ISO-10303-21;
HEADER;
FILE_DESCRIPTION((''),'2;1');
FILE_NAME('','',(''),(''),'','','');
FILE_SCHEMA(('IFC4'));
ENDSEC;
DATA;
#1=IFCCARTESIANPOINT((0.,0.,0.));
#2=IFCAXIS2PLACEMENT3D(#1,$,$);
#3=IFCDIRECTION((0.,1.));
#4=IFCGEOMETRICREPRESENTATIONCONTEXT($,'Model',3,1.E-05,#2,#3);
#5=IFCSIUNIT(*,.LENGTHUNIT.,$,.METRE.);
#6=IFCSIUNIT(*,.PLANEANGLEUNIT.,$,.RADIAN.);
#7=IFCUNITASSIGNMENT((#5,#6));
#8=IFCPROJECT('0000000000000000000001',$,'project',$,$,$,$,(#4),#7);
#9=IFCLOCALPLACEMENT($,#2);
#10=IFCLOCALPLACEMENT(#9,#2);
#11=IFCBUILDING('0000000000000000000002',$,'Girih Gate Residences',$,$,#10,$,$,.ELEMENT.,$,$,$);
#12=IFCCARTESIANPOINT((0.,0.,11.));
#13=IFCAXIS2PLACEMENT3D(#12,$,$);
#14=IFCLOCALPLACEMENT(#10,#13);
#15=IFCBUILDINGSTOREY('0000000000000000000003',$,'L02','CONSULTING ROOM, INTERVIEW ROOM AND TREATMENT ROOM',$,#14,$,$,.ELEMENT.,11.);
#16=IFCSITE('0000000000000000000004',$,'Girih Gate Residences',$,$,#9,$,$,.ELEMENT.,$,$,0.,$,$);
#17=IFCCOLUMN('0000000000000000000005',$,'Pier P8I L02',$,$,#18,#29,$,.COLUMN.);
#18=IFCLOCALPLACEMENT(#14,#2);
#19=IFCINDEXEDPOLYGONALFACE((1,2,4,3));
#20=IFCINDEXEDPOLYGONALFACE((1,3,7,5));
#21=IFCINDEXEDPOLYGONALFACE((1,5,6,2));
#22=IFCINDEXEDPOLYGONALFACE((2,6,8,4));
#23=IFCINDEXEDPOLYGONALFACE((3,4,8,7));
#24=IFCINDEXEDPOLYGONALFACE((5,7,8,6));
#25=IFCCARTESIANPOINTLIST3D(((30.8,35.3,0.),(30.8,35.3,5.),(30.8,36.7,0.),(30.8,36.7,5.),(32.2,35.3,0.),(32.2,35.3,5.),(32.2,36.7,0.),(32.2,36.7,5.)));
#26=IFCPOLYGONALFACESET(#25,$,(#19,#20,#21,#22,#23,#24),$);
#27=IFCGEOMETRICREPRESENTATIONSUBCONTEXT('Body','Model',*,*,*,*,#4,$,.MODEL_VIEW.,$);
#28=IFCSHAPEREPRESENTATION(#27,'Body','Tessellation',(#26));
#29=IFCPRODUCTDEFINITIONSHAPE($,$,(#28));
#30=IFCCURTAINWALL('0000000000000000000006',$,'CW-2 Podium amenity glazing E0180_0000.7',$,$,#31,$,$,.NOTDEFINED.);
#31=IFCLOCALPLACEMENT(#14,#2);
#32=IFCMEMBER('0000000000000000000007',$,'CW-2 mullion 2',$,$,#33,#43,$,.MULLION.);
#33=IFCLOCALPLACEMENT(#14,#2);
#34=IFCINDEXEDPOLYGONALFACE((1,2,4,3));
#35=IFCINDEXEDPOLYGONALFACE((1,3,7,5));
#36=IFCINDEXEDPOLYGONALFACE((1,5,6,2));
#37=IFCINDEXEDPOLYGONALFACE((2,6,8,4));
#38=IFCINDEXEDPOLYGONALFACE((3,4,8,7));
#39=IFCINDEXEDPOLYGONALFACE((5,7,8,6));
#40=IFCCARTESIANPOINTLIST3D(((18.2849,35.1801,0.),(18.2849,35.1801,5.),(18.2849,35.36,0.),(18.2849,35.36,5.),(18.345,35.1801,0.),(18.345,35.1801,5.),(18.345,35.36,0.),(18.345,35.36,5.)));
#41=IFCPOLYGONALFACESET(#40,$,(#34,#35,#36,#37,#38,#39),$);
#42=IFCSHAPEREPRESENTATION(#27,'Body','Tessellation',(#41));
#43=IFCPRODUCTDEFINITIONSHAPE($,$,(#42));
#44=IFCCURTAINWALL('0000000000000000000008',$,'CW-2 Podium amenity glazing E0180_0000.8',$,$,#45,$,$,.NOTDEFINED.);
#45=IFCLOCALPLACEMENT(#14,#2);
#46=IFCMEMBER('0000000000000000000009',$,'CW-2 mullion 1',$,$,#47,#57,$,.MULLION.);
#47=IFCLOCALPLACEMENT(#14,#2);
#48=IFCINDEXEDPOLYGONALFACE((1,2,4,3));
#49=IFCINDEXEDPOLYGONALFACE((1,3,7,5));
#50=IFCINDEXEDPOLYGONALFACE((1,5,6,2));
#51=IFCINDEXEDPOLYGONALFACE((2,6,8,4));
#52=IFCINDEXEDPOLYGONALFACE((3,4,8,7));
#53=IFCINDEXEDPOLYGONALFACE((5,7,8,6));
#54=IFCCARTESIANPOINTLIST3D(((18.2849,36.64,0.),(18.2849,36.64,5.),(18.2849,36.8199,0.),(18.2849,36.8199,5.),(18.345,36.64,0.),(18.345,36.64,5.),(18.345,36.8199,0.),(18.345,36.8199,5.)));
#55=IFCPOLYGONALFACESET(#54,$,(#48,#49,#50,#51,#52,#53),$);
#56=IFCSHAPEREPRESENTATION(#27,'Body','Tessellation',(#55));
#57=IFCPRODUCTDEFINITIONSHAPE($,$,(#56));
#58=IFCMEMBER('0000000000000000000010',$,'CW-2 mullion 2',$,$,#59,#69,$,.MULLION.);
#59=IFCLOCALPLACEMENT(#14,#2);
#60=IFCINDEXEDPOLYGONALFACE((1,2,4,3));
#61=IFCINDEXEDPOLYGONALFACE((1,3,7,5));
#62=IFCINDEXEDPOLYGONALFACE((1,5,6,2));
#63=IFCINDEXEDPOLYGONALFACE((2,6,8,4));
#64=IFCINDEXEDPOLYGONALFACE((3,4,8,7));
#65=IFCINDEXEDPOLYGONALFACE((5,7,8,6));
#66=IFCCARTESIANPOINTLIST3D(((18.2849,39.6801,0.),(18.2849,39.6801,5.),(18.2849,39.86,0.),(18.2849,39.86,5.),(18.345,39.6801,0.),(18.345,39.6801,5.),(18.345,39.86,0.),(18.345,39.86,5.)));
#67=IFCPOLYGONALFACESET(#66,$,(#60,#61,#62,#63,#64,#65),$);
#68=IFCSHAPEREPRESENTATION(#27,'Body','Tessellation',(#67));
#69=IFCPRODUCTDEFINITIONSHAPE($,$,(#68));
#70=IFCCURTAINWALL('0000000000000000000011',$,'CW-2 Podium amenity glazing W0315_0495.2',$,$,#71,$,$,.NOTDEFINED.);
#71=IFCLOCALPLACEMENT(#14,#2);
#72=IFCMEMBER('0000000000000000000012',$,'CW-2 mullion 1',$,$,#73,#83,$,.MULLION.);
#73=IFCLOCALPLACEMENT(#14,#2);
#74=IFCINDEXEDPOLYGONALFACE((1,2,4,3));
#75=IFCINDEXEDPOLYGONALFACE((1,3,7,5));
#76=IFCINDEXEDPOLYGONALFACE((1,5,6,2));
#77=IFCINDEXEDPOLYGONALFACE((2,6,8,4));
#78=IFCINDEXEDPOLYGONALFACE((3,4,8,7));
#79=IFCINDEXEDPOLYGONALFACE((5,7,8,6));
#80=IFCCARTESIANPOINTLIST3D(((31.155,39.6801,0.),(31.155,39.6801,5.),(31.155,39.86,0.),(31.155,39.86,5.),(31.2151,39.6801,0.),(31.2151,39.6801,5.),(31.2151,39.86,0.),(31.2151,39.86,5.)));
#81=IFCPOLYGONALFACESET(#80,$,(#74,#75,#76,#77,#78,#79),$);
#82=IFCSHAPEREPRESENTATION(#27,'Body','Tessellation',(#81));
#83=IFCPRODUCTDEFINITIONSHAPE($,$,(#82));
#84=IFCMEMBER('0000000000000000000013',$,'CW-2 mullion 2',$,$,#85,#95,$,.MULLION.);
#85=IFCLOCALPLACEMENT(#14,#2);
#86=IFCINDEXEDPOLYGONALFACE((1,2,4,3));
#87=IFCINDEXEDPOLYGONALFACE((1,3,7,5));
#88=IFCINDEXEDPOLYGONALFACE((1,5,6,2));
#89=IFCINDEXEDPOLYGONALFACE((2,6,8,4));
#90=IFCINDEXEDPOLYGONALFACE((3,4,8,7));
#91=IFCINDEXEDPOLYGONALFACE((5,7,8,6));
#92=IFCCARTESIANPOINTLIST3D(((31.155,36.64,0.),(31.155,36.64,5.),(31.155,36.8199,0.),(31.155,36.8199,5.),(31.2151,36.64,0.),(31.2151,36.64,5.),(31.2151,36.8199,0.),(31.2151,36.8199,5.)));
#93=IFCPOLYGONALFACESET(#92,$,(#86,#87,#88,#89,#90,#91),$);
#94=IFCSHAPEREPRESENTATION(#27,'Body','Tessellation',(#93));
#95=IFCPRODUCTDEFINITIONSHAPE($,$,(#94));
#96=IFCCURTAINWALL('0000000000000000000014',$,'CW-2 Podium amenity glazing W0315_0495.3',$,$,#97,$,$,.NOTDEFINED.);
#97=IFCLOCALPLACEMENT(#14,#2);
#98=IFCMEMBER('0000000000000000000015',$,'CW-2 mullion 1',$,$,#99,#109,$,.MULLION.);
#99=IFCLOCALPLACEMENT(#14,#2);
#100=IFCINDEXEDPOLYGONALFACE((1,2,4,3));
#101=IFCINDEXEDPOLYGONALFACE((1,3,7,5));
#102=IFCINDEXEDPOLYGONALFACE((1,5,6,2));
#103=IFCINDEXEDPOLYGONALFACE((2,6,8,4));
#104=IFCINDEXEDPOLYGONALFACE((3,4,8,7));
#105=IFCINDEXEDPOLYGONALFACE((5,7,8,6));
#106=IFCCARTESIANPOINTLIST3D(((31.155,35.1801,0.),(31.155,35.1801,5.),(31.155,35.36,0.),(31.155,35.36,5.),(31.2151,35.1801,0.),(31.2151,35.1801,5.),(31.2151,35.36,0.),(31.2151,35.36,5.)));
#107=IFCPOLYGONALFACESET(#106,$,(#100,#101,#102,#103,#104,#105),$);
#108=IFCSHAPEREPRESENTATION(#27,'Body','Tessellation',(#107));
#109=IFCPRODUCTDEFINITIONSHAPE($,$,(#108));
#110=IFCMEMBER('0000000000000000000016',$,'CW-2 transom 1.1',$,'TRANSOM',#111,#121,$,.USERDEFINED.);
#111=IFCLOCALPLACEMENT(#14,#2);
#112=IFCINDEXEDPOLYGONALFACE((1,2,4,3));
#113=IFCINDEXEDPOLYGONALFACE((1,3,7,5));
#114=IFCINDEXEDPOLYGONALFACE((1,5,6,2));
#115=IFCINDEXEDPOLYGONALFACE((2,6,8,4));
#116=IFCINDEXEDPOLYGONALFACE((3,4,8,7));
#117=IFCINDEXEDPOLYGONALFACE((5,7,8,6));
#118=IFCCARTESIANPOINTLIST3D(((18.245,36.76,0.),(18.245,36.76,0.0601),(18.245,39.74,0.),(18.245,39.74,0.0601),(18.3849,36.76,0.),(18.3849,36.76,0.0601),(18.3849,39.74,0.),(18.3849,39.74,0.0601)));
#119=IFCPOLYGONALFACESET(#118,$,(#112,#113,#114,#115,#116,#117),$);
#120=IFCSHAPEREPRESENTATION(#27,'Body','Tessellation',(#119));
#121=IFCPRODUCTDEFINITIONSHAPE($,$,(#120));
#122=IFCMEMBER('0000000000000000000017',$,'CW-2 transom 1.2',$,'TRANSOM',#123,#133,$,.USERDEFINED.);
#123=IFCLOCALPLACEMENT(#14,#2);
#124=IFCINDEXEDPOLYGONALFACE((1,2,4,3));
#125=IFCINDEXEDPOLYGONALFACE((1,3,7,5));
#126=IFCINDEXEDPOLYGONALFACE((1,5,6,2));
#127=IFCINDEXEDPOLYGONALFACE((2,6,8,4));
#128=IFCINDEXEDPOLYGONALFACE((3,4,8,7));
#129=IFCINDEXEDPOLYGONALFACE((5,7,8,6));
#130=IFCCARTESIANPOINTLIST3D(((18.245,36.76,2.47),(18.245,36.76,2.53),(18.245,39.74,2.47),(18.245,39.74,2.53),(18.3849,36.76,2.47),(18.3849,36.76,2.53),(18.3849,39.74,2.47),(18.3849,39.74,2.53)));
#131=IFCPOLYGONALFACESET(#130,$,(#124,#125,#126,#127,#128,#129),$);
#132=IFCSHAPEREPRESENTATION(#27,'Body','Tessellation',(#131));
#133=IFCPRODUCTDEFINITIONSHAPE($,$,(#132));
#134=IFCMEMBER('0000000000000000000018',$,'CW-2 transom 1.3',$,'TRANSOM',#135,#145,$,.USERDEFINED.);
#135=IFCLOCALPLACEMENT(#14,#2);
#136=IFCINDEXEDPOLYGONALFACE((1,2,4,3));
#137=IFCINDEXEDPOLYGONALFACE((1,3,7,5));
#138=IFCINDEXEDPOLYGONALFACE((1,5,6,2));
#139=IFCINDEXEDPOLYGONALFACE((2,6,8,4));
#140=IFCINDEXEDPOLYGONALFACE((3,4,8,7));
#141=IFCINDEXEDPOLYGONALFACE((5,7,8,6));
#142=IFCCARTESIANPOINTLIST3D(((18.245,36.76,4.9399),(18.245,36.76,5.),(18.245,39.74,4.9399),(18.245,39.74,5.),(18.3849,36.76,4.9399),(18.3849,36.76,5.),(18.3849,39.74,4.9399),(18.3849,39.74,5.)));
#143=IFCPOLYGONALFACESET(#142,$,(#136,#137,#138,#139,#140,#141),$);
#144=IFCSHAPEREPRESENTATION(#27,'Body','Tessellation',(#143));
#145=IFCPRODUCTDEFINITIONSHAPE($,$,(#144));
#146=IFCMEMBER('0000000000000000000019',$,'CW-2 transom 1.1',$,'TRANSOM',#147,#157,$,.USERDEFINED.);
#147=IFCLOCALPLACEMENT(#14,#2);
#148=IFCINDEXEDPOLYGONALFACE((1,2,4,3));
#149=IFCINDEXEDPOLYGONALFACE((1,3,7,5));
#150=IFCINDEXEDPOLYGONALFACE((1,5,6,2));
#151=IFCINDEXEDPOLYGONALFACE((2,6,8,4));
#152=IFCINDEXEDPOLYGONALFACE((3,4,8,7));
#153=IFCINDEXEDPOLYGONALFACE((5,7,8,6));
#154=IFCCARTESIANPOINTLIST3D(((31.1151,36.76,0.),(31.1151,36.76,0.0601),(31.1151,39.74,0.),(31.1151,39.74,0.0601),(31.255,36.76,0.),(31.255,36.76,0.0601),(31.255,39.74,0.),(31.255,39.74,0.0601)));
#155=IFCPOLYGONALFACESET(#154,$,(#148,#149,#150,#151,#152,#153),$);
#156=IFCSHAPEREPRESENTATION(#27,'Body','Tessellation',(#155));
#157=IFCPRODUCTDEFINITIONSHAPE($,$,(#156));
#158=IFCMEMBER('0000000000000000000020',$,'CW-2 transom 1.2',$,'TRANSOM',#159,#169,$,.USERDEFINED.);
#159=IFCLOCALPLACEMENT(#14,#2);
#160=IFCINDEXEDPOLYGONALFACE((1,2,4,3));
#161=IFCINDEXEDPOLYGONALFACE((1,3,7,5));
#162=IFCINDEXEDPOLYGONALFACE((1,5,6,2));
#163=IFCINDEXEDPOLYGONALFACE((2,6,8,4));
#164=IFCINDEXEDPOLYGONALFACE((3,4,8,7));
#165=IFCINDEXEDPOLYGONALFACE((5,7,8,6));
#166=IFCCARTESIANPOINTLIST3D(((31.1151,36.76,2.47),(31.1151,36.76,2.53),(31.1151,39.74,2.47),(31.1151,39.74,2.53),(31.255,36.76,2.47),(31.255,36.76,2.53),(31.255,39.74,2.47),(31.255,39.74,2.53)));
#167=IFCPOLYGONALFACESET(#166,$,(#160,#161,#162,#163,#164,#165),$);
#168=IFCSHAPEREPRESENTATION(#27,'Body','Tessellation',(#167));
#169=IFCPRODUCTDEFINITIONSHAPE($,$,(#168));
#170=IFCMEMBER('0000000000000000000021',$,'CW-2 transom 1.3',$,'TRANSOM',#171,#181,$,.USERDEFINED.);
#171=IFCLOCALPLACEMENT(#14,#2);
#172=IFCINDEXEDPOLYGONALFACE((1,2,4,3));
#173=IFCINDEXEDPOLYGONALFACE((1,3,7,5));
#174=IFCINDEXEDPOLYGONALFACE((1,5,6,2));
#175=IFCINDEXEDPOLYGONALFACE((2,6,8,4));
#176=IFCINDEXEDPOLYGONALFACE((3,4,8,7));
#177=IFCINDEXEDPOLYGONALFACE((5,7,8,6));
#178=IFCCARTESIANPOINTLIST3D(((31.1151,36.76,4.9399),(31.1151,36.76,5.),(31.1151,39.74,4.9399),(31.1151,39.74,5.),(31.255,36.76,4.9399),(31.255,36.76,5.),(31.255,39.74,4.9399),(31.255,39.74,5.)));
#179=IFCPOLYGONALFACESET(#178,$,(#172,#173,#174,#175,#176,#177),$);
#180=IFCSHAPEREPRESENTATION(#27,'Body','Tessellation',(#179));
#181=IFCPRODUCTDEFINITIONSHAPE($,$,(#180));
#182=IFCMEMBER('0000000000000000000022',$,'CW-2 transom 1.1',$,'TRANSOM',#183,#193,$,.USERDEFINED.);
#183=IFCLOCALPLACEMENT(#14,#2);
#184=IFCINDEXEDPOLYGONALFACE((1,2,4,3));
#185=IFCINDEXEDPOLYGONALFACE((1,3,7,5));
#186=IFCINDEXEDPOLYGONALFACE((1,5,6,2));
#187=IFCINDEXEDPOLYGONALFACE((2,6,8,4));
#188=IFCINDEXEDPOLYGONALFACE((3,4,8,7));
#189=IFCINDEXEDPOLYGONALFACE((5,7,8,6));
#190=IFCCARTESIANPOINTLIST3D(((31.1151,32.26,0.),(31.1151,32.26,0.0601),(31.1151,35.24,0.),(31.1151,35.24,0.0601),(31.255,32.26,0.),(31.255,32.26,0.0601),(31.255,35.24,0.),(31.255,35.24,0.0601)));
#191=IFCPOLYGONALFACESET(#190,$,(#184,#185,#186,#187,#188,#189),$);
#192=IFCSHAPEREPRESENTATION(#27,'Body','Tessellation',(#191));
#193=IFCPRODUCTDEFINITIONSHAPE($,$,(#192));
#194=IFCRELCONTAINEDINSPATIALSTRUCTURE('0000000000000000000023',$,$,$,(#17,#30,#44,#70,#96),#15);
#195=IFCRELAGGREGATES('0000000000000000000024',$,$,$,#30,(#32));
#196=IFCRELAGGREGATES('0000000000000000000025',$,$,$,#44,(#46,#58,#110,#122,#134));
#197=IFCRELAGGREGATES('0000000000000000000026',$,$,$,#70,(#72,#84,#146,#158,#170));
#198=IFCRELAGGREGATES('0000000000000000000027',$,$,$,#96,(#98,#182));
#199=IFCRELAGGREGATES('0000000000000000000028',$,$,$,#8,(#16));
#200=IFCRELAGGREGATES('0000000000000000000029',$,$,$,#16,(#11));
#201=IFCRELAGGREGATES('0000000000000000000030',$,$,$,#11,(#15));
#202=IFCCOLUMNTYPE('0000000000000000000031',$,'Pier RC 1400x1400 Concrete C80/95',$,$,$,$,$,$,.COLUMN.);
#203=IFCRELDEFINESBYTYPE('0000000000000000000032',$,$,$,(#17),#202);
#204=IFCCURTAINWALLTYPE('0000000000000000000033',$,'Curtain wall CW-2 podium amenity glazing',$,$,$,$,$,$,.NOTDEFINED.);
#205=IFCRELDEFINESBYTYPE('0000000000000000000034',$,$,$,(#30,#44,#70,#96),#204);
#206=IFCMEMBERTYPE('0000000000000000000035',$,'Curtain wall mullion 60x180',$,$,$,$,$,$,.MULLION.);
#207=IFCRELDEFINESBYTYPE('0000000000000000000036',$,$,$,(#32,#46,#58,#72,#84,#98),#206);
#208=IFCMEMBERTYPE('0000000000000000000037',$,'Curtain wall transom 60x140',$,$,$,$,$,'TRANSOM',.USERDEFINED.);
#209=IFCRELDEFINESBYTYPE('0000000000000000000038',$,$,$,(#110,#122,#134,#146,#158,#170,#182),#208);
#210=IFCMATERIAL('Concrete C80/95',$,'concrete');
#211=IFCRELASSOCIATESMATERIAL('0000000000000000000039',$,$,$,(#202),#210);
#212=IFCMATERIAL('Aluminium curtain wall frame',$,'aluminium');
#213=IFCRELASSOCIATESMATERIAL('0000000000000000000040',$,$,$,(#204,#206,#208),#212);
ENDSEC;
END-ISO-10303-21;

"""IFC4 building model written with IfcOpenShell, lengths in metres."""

from ifc_helpers import new_model, si_unit, direction, frame, origin, origin_2d, place, context, subcontext, project, spatial, rectangle, extrude, material, material_profile, profile_set, type_object, element, aggregate, save


model = new_model("IFC4")

# Units and contexts
model_context = context("Model", 3, precision=1e-05, world=origin(), true_north=direction((0.0, 1.0)))
body_context = subcontext(model_context, "Body", "Model", "MODEL_VIEW")
ifc_project = project(units=[si_unit("LENGTHUNIT", "METRE"), si_unit("PLANEANGLEUNIT", "RADIAN")], contexts=[model_context])

# Site, building, storey
site_placement = place(None, origin())
site = spatial("IfcSite", under=ifc_project, at=site_placement, Name="Girih Gate Residences", CompositionType="ELEMENT", RefElevation=0.0)
building_placement = place(site_placement, origin())
building = spatial("IfcBuilding", under=site, at=building_placement, Name="Girih Gate Residences", CompositionType="ELEMENT")
storey_placement = place(building_placement, frame((0.0, 0.0, 11.0)))
storey = spatial("IfcBuildingStorey", under=building, at=storey_placement, Name="L02", Description="CONSULTING ROOM, INTERVIEW ROOM AND TREATMENT ROOM", CompositionType="ELEMENT", Elevation=11.0)

# Column
ifc_material_1 = material(Name="Concrete C80/95", Category="concrete")
ifc_material_profile_1 = material_profile(ifc_material_1, rectangle(XDim=1.3999, YDim=1.3999, at=origin_2d()))
ifc_profile_set_1 = profile_set([ifc_material_profile_1], Name="Concrete C80/95")
column_type = type_object("IfcColumnType", Name="Pier RC 1400x1400 Concrete C80/95", PredefinedType="COLUMN", material=ifc_profile_set_1)
column_placement = place(storey_placement, frame((31.5, 36.0, 0.0), z_axis=(0.0, 0.0, 1.0), x_axis=(1.0, 0.0, 0.0)))
element("IfcColumn", 1, at=column_placement, inside=storey, type_object=column_type, Name="Pier P8I L02", PredefinedType="COLUMN", context=body_context, shape_type="SweptSolid", body=[
    extrude(rectangle(XDim=1.3999, YDim=1.3999, at=origin_2d()), origin(), (0.0, 0.0, 1.0), 5.0),
])

# Curtain wall, member
ifc_material_2 = material(Name="Aluminium curtain wall frame", Category="aluminium")
curtain_wall_type = type_object("IfcCurtainWallType", Name="Curtain wall CW-2 podium amenity glazing", PredefinedType="NOTDEFINED", material=ifc_material_2)
curtain_wall_1_placement = place(storey_placement, origin())
curtain_wall_1 = element("IfcCurtainWall", 2, at=curtain_wall_1_placement, inside=storey, type_object=curtain_wall_type, Name="CW-2 Podium amenity glazing E0180_0000.7", PredefinedType="NOTDEFINED")
ifc_material_profile_2 = material_profile(ifc_material_2, rectangle(XDim=0.0601, YDim=0.1799, at=origin_2d()))
ifc_profile_set_2 = profile_set([ifc_material_profile_2], Name="Aluminium curtain wall frame")
member_type_1 = type_object("IfcMemberType", Name="Curtain wall mullion 60x180", PredefinedType="MULLION", material=ifc_profile_set_2)
member_1_placement = place(storey_placement, frame((18.3149, 35.27, 0.0), z_axis=(0.0, 0.0, 1.0), x_axis=(-1.0, 0.0, 0.0)))
member_1 = element("IfcMember", 3, at=member_1_placement, type_object=member_type_1, Name="CW-2 mullion 2", PredefinedType="MULLION", context=body_context, shape_type="SweptSolid", body=[
    extrude(rectangle(XDim=0.0601, YDim=0.1799, at=origin_2d()), origin(), (0.0, 0.0, 1.0), 5.0),
])

# Curtain walls, members
curtain_wall_2_placement = place(storey_placement, origin())
curtain_wall_2 = element("IfcCurtainWall", 4, at=curtain_wall_2_placement, inside=storey, type_object=curtain_wall_type, Name="CW-2 Podium amenity glazing E0180_0000.8", PredefinedType="NOTDEFINED")
member_2_placement = place(storey_placement, frame((18.3149, 36.73, 0.0), z_axis=(0.0, 0.0, 1.0), x_axis=(-1.0, 0.0, 0.0)))
member_2 = element("IfcMember", 5, at=member_2_placement, type_object=member_type_1, Name="CW-2 mullion 1", PredefinedType="MULLION", context=body_context, shape_type="SweptSolid", body=[
    extrude(rectangle(XDim=0.0601, YDim=0.1799, at=origin_2d()), origin(), (0.0, 0.0, 1.0), 5.0),
])
member_3_placement = place(storey_placement, frame((18.3149, 39.77, 0.0), z_axis=(0.0, 0.0, 1.0), x_axis=(-1.0, 0.0, 0.0)))
member_3 = element("IfcMember", 6, at=member_3_placement, type_object=member_type_1, Name="CW-2 mullion 2", PredefinedType="MULLION", context=body_context, shape_type="SweptSolid", body=[
    extrude(rectangle(XDim=0.0601, YDim=0.1799, at=origin_2d()), origin(), (0.0, 0.0, 1.0), 5.0),
])
curtain_wall_3_placement = place(storey_placement, origin())
curtain_wall_3 = element("IfcCurtainWall", 7, at=curtain_wall_3_placement, inside=storey, type_object=curtain_wall_type, Name="CW-2 Podium amenity glazing W0315_0495.2", PredefinedType="NOTDEFINED")
member_4_placement = place(storey_placement, frame((31.1851, 39.77, 0.0), z_axis=(0.0, 0.0, 1.0), x_axis=(1.0, 0.0, 0.0)))
member_4 = element("IfcMember", 8, at=member_4_placement, type_object=member_type_1, Name="CW-2 mullion 1", PredefinedType="MULLION", context=body_context, shape_type="SweptSolid", body=[
    extrude(rectangle(XDim=0.0601, YDim=0.1799, at=origin_2d()), origin(), (0.0, 0.0, 1.0), 5.0),
])
member_5_placement = place(storey_placement, frame((31.1851, 36.73, 0.0), z_axis=(0.0, 0.0, 1.0), x_axis=(1.0, 0.0, 0.0)))
member_5 = element("IfcMember", 9, at=member_5_placement, type_object=member_type_1, Name="CW-2 mullion 2", PredefinedType="MULLION", context=body_context, shape_type="SweptSolid", body=[
    extrude(rectangle(XDim=0.0601, YDim=0.1799, at=origin_2d()), origin(), (0.0, 0.0, 1.0), 5.0),
])

# Curtain wall, member
curtain_wall_4_placement = place(storey_placement, origin())
curtain_wall_4 = element("IfcCurtainWall", 10, at=curtain_wall_4_placement, inside=storey, type_object=curtain_wall_type, Name="CW-2 Podium amenity glazing W0315_0495.3", PredefinedType="NOTDEFINED")
member_6_placement = place(storey_placement, frame((31.1851, 35.27, 0.0), z_axis=(0.0, 0.0, 1.0), x_axis=(1.0, 0.0, 0.0)))
member_6 = element("IfcMember", 11, at=member_6_placement, type_object=member_type_1, Name="CW-2 mullion 1", PredefinedType="MULLION", context=body_context, shape_type="SweptSolid", body=[
    extrude(rectangle(XDim=0.0601, YDim=0.1799, at=origin_2d()), origin(), (0.0, 0.0, 1.0), 5.0),
])

# Members
ifc_material_profile_3 = material_profile(ifc_material_2, rectangle(XDim=0.1399, YDim=0.0601, at=origin_2d()))
ifc_profile_set_3 = profile_set([ifc_material_profile_3], Name="Aluminium curtain wall frame")
member_type_2 = type_object("IfcMemberType", Name="Curtain wall transom 60x140", ElementType="TRANSOM", PredefinedType="USERDEFINED", material=ifc_profile_set_3)
member_7_placement = place(storey_placement, frame((18.3149, 36.76, 0.03), z_axis=(0.0, 1.0, 0.0), x_axis=(-1.0, 0.0, 0.0)))
member_7 = element("IfcMember", 12, at=member_7_placement, type_object=member_type_2, Name="CW-2 transom 1.1", ObjectType="TRANSOM", PredefinedType="USERDEFINED", context=body_context, shape_type="SweptSolid", body=[
    extrude(rectangle(XDim=0.1399, YDim=0.0601, at=origin_2d()), origin(), (0.0, 0.0, 1.0), 2.98),
])
member_8_placement = place(storey_placement, frame((18.3149, 36.76, 2.5), z_axis=(0.0, 1.0, 0.0), x_axis=(-1.0, 0.0, 0.0)))
member_8 = element("IfcMember", 13, at=member_8_placement, type_object=member_type_2, Name="CW-2 transom 1.2", ObjectType="TRANSOM", PredefinedType="USERDEFINED", context=body_context, shape_type="SweptSolid", body=[
    extrude(rectangle(XDim=0.1399, YDim=0.0601, at=origin_2d()), origin(), (0.0, 0.0, 1.0), 2.98),
])
member_9_placement = place(storey_placement, frame((18.3149, 36.76, 4.97), z_axis=(0.0, 1.0, 0.0), x_axis=(-1.0, 0.0, 0.0)))
member_9 = element("IfcMember", 14, at=member_9_placement, type_object=member_type_2, Name="CW-2 transom 1.3", ObjectType="TRANSOM", PredefinedType="USERDEFINED", context=body_context, shape_type="SweptSolid", body=[
    extrude(rectangle(XDim=0.1399, YDim=0.0601, at=origin_2d()), origin(), (0.0, 0.0, 1.0), 2.98),
])
member_10_placement = place(storey_placement, frame((31.1851, 39.74, 0.03), z_axis=(0.0, -1.0, 0.0), x_axis=(1.0, 0.0, 0.0)))
member_10 = element("IfcMember", 15, at=member_10_placement, type_object=member_type_2, Name="CW-2 transom 1.1", ObjectType="TRANSOM", PredefinedType="USERDEFINED", context=body_context, shape_type="SweptSolid", body=[
    extrude(rectangle(XDim=0.1399, YDim=0.0601, at=origin_2d()), origin(), (0.0, 0.0, 1.0), 2.98),
])
member_11_placement = place(storey_placement, frame((31.1851, 39.74, 2.5), z_axis=(0.0, -1.0, 0.0), x_axis=(1.0, 0.0, 0.0)))
member_11 = element("IfcMember", 16, at=member_11_placement, type_object=member_type_2, Name="CW-2 transom 1.2", ObjectType="TRANSOM", PredefinedType="USERDEFINED", context=body_context, shape_type="SweptSolid", body=[
    extrude(rectangle(XDim=0.1399, YDim=0.0601, at=origin_2d()), origin(), (0.0, 0.0, 1.0), 2.98),
])
member_12_placement = place(storey_placement, frame((31.1851, 39.74, 4.97), z_axis=(0.0, -1.0, 0.0), x_axis=(1.0, 0.0, 0.0)))
member_12 = element("IfcMember", 17, at=member_12_placement, type_object=member_type_2, Name="CW-2 transom 1.3", ObjectType="TRANSOM", PredefinedType="USERDEFINED", context=body_context, shape_type="SweptSolid", body=[
    extrude(rectangle(XDim=0.1399, YDim=0.0601, at=origin_2d()), origin(), (0.0, 0.0, 1.0), 2.98),
])
member_13_placement = place(storey_placement, frame((31.1851, 35.24, 0.03), z_axis=(0.0, -1.0, 0.0), x_axis=(1.0, 0.0, 0.0)))
member_13 = element("IfcMember", 18, at=member_13_placement, type_object=member_type_2, Name="CW-2 transom 1.1", ObjectType="TRANSOM", PredefinedType="USERDEFINED", context=body_context, shape_type="SweptSolid", body=[
    extrude(rectangle(XDim=0.1399, YDim=0.0601, at=origin_2d()), origin(), (0.0, 0.0, 1.0), 2.98),
])

aggregate(curtain_wall_1, [member_1])
aggregate(curtain_wall_2, [member_2, member_3, member_7, member_8, member_9])
aggregate(curtain_wall_3, [member_4, member_5, member_10, member_11, member_12])
aggregate(curtain_wall_4, [member_6, member_13])

save(model, "model.ifc")
